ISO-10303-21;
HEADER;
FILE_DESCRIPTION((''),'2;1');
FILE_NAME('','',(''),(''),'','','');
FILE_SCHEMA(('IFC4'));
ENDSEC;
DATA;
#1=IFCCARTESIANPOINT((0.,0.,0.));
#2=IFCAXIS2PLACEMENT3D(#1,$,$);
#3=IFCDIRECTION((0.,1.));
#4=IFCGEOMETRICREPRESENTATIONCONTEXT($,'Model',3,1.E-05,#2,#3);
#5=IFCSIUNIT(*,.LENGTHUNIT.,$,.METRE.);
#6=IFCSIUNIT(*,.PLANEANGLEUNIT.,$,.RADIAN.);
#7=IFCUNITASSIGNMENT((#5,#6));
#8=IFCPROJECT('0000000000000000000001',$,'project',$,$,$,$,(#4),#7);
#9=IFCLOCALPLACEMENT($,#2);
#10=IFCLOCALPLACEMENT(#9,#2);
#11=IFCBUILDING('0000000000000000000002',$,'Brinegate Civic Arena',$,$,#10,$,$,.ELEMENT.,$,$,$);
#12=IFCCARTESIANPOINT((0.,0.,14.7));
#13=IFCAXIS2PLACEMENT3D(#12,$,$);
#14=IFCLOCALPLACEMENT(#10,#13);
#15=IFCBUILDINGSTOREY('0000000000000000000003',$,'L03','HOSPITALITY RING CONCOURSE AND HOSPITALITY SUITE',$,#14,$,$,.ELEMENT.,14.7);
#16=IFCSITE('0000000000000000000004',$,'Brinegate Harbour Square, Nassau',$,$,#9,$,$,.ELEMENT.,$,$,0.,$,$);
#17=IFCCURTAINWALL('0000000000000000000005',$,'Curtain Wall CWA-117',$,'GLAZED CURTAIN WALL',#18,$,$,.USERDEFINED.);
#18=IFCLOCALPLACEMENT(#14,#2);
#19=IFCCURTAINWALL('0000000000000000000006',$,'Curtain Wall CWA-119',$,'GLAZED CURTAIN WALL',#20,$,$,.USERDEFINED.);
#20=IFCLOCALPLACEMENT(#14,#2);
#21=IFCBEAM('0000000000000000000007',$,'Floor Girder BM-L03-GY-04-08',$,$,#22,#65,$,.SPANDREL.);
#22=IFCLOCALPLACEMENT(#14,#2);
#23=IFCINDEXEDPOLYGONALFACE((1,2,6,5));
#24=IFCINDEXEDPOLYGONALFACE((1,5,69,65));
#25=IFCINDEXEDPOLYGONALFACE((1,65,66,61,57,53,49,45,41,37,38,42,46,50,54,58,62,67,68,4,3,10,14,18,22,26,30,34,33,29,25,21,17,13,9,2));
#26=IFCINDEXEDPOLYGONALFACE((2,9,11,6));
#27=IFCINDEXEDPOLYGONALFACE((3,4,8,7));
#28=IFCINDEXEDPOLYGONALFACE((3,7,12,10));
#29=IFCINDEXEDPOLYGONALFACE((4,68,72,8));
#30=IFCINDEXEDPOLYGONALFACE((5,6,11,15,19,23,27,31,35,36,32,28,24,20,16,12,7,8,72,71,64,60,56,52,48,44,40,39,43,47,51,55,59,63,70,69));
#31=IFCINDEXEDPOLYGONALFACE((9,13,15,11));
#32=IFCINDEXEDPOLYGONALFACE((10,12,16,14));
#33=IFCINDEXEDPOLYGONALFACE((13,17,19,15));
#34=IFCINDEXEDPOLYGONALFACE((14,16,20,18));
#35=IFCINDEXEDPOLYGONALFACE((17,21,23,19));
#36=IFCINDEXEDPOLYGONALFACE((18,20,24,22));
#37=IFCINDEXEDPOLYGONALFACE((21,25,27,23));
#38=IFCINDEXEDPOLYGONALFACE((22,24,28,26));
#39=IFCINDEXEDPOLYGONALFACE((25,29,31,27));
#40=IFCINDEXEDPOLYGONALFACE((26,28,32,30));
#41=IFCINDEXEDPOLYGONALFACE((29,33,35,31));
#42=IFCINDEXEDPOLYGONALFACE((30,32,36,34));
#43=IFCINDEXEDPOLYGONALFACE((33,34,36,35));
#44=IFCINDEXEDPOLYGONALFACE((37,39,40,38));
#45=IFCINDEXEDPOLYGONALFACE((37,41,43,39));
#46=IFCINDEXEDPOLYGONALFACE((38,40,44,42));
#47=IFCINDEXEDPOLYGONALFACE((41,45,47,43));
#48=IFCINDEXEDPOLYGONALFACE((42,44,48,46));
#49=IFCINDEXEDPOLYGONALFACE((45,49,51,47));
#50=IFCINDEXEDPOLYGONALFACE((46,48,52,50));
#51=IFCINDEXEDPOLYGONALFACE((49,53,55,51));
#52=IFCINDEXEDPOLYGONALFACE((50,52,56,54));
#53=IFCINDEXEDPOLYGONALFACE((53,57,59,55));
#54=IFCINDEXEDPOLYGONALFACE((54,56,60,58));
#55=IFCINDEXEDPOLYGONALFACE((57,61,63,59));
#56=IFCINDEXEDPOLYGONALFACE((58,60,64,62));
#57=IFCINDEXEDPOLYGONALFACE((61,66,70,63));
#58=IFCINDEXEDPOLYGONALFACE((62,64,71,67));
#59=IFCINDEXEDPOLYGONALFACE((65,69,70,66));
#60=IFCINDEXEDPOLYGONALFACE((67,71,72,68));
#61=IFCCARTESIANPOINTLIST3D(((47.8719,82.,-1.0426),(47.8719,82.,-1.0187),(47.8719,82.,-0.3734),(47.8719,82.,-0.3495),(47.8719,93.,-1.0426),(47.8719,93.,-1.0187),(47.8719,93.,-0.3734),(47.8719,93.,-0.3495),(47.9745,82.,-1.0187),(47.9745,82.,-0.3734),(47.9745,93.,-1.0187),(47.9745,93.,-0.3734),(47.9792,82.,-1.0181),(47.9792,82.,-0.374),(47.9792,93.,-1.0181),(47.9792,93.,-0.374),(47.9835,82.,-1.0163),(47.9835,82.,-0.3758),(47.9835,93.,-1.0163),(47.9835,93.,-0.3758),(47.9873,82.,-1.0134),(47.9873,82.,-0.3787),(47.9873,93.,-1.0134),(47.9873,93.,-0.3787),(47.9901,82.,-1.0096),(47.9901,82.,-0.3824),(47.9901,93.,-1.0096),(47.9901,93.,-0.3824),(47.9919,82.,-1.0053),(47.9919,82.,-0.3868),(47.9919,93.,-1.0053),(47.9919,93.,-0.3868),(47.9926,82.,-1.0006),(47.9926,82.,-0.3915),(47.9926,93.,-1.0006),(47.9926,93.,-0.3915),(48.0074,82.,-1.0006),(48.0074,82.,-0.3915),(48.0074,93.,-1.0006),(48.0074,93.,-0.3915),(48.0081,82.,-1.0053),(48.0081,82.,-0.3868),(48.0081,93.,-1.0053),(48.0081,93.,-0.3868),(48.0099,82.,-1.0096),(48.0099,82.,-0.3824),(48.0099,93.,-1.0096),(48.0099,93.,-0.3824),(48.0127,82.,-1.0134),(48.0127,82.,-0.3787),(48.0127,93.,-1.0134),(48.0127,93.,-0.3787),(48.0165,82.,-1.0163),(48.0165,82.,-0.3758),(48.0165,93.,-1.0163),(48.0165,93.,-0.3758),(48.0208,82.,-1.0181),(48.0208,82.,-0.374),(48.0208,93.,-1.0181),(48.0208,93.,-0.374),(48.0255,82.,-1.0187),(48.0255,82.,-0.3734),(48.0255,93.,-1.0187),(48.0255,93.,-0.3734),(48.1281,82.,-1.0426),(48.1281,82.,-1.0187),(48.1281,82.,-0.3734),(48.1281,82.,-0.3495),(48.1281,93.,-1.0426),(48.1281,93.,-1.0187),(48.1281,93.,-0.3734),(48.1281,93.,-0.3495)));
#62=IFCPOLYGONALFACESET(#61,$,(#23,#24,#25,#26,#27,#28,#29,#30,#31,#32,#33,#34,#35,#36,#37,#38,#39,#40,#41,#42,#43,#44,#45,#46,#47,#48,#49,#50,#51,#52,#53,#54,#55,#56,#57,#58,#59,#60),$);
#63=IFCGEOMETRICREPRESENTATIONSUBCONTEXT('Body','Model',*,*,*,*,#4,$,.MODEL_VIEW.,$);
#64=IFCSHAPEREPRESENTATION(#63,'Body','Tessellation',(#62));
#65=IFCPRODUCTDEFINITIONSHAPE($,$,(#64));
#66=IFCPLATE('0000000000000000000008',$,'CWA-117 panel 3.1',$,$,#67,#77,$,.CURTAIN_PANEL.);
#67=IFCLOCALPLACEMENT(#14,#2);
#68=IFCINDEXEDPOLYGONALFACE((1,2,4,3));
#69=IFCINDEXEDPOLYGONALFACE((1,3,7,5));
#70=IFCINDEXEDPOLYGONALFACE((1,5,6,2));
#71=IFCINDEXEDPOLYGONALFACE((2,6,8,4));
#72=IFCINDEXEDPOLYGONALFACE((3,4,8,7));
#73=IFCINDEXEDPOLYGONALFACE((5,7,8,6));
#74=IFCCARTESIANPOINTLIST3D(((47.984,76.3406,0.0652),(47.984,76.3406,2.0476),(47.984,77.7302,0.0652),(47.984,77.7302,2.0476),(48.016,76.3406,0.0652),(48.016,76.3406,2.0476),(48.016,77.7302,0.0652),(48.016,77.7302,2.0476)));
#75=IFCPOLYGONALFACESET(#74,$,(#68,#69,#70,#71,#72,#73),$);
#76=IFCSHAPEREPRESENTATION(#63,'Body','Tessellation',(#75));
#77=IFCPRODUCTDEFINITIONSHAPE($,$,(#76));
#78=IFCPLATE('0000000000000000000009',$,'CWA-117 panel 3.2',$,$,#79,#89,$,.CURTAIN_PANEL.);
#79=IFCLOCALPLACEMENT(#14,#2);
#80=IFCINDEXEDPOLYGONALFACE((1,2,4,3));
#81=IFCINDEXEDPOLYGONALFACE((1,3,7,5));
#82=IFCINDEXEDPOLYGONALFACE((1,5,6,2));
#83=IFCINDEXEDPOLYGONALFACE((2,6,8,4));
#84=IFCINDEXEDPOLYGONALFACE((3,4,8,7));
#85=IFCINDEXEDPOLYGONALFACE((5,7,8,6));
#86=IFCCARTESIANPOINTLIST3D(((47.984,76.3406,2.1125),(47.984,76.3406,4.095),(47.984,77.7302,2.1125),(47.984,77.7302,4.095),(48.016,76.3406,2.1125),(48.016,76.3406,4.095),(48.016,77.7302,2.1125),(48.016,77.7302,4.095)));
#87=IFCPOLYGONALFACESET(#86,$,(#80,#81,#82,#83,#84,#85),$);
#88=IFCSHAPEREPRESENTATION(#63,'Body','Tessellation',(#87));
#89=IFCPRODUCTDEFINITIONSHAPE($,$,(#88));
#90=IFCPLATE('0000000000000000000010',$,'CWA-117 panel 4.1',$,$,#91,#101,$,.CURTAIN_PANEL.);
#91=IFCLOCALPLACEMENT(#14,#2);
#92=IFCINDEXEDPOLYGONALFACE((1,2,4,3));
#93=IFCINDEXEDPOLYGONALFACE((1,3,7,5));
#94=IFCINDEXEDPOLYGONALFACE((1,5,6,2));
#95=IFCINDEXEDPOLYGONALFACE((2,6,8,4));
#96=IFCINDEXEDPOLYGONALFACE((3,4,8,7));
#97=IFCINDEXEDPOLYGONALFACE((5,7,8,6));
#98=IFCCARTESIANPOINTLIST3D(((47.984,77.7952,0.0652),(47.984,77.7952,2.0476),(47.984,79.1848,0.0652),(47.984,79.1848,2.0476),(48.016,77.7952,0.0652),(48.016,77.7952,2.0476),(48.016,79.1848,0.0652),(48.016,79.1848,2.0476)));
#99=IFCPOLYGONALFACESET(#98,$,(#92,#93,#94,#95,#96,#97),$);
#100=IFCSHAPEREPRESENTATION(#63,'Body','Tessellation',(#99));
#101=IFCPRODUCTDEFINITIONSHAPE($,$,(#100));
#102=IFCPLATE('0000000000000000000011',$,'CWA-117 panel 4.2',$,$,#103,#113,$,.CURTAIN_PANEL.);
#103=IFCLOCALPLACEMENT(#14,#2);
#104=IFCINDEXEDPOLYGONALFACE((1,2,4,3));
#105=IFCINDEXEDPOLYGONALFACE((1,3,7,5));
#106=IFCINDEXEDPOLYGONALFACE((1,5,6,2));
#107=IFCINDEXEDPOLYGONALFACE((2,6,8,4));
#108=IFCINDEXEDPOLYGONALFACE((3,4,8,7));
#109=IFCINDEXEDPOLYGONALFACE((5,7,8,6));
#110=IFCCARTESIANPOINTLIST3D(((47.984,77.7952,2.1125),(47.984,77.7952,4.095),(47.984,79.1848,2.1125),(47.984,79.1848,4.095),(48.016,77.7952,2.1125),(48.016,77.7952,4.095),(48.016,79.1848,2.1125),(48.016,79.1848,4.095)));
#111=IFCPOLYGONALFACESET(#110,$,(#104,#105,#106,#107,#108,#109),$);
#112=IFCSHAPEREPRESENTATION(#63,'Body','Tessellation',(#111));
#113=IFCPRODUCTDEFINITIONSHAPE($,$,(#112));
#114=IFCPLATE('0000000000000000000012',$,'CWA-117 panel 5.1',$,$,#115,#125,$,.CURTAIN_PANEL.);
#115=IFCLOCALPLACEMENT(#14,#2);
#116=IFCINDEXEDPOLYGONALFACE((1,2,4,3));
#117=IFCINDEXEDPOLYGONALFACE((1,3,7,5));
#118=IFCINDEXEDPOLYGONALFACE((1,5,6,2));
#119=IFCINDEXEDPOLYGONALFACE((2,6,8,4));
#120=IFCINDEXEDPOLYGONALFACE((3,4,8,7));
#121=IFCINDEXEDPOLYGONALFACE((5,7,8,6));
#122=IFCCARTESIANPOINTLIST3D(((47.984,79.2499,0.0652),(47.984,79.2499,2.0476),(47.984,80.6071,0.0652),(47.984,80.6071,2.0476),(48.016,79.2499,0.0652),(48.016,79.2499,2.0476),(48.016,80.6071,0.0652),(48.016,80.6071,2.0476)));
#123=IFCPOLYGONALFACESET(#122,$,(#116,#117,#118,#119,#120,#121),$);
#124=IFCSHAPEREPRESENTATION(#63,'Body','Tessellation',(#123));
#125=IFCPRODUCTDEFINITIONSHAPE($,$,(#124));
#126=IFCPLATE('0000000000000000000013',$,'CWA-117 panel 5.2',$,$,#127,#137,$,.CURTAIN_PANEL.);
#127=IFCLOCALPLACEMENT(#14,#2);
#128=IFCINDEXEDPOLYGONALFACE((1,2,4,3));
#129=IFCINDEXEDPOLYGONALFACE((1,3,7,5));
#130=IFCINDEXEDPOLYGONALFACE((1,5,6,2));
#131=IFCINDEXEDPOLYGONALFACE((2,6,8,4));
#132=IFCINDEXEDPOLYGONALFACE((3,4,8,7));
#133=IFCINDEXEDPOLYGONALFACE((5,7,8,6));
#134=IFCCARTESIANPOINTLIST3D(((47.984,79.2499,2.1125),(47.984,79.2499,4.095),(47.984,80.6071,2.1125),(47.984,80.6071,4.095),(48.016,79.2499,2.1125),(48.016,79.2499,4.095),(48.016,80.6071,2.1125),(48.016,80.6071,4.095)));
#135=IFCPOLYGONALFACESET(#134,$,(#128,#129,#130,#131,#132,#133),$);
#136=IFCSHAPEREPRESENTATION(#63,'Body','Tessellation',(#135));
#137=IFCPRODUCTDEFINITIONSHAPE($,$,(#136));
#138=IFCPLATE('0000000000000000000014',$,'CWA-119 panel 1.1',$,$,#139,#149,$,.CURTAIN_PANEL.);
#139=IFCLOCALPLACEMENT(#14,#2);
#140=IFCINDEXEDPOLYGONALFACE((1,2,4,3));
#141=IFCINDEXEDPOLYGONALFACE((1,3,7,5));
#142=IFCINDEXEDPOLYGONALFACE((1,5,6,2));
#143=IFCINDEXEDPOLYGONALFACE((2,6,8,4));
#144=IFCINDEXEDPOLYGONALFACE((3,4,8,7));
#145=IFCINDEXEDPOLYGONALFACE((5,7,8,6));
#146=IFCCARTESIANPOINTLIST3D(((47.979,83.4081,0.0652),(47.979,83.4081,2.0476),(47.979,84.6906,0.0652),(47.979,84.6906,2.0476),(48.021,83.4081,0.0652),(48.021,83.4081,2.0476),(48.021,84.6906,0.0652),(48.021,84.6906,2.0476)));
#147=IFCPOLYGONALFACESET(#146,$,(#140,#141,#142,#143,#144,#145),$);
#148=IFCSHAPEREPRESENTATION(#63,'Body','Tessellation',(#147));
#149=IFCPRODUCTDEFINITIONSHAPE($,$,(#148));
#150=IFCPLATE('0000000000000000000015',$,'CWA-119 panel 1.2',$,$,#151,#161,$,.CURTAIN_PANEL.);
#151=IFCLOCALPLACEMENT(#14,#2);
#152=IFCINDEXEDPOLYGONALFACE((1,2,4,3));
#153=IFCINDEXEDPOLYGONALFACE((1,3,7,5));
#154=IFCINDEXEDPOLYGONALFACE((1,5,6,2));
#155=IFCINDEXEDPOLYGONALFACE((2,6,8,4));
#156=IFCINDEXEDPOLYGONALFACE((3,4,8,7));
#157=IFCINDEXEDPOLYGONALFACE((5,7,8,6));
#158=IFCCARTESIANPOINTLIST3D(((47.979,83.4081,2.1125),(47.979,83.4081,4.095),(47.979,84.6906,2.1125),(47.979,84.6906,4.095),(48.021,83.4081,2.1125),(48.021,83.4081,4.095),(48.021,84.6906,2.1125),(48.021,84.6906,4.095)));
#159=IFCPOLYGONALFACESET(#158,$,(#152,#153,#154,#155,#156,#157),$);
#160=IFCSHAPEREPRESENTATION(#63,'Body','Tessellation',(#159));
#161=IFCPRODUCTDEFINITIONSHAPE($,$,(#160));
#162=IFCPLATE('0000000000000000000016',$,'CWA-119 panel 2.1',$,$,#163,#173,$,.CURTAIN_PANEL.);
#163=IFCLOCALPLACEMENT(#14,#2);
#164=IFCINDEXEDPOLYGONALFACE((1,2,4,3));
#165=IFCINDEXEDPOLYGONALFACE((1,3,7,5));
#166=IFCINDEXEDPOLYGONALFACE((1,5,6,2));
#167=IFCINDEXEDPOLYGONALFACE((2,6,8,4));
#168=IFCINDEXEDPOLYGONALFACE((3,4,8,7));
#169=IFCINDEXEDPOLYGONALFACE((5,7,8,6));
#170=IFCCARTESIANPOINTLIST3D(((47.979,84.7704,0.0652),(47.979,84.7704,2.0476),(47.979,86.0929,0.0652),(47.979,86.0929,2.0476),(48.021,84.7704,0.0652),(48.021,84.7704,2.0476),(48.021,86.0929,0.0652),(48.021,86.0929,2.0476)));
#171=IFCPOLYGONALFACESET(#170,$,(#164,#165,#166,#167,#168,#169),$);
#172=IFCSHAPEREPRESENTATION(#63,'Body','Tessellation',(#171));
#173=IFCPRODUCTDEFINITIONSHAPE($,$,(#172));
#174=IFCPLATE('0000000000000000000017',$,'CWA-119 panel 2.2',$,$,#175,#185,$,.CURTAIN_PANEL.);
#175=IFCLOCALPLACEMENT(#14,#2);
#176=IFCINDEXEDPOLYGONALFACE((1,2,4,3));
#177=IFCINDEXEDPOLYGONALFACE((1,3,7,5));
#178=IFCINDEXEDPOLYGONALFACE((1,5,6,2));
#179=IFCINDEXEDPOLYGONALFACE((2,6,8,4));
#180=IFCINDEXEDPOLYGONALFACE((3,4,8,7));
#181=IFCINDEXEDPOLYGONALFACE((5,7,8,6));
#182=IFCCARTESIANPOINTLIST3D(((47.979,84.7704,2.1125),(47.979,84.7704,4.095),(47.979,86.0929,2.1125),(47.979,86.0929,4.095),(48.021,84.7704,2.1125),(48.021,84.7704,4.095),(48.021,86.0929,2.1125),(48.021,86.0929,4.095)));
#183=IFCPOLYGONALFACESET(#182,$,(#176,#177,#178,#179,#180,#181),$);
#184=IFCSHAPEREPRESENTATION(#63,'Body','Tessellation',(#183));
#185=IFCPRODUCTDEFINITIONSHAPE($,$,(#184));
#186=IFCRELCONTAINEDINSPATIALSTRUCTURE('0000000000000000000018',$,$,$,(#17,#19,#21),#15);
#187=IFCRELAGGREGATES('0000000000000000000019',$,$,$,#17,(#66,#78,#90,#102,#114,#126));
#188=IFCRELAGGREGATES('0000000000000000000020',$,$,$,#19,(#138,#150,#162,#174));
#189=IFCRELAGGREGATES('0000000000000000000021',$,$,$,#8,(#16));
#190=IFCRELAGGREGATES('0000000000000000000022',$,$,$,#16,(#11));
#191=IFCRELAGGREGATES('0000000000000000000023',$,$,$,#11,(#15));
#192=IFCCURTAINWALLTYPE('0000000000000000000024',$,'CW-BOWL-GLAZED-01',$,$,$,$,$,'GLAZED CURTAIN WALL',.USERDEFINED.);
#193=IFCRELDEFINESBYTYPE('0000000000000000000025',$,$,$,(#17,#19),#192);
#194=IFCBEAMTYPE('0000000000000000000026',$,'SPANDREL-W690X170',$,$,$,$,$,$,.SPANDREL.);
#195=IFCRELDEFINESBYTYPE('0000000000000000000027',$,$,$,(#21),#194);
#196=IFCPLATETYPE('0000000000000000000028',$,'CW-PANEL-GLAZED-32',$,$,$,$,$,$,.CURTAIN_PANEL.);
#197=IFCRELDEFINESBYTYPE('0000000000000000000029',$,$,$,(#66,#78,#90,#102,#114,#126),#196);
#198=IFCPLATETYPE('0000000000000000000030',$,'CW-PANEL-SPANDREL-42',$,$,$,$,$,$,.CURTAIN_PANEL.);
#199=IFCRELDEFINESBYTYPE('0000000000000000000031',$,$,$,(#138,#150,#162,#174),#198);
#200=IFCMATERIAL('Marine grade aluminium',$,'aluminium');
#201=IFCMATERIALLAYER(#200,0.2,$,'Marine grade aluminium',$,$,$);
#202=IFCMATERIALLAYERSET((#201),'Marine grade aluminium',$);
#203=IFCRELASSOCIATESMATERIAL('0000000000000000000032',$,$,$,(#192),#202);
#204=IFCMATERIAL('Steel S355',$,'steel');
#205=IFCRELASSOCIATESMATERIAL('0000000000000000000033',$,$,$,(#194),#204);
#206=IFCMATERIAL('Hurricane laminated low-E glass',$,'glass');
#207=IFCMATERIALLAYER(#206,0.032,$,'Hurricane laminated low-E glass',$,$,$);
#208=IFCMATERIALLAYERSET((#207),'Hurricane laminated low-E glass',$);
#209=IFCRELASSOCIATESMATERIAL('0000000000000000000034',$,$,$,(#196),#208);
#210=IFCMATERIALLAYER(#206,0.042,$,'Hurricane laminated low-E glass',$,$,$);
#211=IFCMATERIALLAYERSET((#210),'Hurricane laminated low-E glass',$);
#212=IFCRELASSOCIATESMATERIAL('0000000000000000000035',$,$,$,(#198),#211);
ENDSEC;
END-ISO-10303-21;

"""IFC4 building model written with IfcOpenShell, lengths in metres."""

from ifc_helpers import new_model, si_unit, direction, frame, origin, origin_2d, place, context, subcontext, project, spatial, rectangle, i_section, extrude, material, layer, layer_set, material_profile, profile_set, type_object, element, aggregate, save


model = new_model("IFC4")

# Units and contexts
model_context = context("Model", 3, precision=1e-05, world=origin(), true_north=direction((0.0, 1.0)))
body_context = subcontext(model_context, "Body", "Model", "MODEL_VIEW")
ifc_project = project(units=[si_unit("LENGTHUNIT", "METRE"), si_unit("PLANEANGLEUNIT", "RADIAN")], contexts=[model_context])

# Site, building, storey
site_placement = place(None, origin())
site = spatial("IfcSite", under=ifc_project, at=site_placement, Name="Brinegate Harbour Square, Nassau", CompositionType="ELEMENT", RefElevation=0.0)
building_placement = place(site_placement, origin())
building = spatial("IfcBuilding", under=site, at=building_placement, Name="Brinegate Civic Arena", CompositionType="ELEMENT")
storey_placement = place(building_placement, frame((0.0, 0.0, 14.7)))
storey = spatial("IfcBuildingStorey", under=building, at=storey_placement, Name="L03", Description="HOSPITALITY RING CONCOURSE AND HOSPITALITY SUITE", CompositionType="ELEMENT", Elevation=14.7)

# Curtain walls
ifc_material_1 = material(Name="Marine grade aluminium", Category="aluminium")
ifc_layer_1 = layer(ifc_material_1, 0.2, Name="Marine grade aluminium")
ifc_layer_set_1 = layer_set([ifc_layer_1], Name="Marine grade aluminium")
curtain_wall_type = type_object("IfcCurtainWallType", Name="CW-BOWL-GLAZED-01", ElementType="GLAZED CURTAIN WALL", PredefinedType="USERDEFINED", material=ifc_layer_set_1)
curtain_wall_1_placement = place(storey_placement, origin())
curtain_wall_1 = element("IfcCurtainWall", 1, at=curtain_wall_1_placement, inside=storey, type_object=curtain_wall_type, Name="Curtain Wall CWA-117", ObjectType="GLAZED CURTAIN WALL", PredefinedType="USERDEFINED")
curtain_wall_2_placement = place(storey_placement, origin())
curtain_wall_2 = element("IfcCurtainWall", 2, at=curtain_wall_2_placement, inside=storey, type_object=curtain_wall_type, Name="Curtain Wall CWA-119", ObjectType="GLAZED CURTAIN WALL", PredefinedType="USERDEFINED")

# Beam
ifc_material_2 = material(Name="Steel S355", Category="steel")
ifc_material_profile_1 = material_profile(ifc_material_2, i_section(OverallWidth=0.2561, OverallDepth=0.6931, WebThickness=0.0149, FlangeThickness=0.0239, FilletRadius=0.0181, at=origin_2d()), Name="W690X170")
ifc_profile_set_1 = profile_set([ifc_material_profile_1], Name="Steel S355")
beam_type_1 = type_object("IfcBeamType", Name="SPANDREL-W690X170", PredefinedType="SPANDREL", material=ifc_profile_set_1)
beam_1_placement = place(storey_placement, frame((48.0, 82.0, -0.696), z_axis=(0.0, 1.0, 0.0), x_axis=(-1.0, 0.0, 0.0)))
element("IfcBeam", 3, at=beam_1_placement, inside=storey, type_object=beam_type_1, Name="Floor Girder BM-L03-GY-04-08", PredefinedType="SPANDREL", context=body_context, shape_type="SweptSolid", body=[
    extrude(i_section(OverallWidth=0.2561, OverallDepth=0.6931, WebThickness=0.0149, FlangeThickness=0.0239, FilletRadius=0.0181, at=origin_2d()), origin(), (0.0, 0.0, 1.0), 11.0),
])

# Plates
ifc_material_3 = material(Name="Hurricane laminated low-E glass", Category="glass")
ifc_layer_2 = layer(ifc_material_3, 0.032, Name="Hurricane laminated low-E glass")
ifc_layer_set_2 = layer_set([ifc_layer_2], Name="Hurricane laminated low-E glass")
plate_type_1 = type_object("IfcPlateType", Name="CW-PANEL-GLAZED-32", PredefinedType="CURTAIN_PANEL", material=ifc_layer_set_2)
plate_1_placement = place(storey_placement, frame((48.0, 77.0354, 0.0652), z_axis=(0.0, 0.0, 1.0), x_axis=(0.0, 1.0, 0.0)))
plate_1 = element("IfcPlate", 4, at=plate_1_placement, type_object=plate_type_1, Name="CWA-117 panel 3.1", PredefinedType="CURTAIN_PANEL", context=body_context, shape_type="SweptSolid", body=[
    extrude(rectangle(XDim=1.3896, YDim=0.032, at=origin_2d()), origin(), (0.0, 0.0, 1.0), 1.9824),
])
plate_2_placement = place(storey_placement, frame((48.0, 77.0354, 2.1125), z_axis=(0.0, 0.0, 1.0), x_axis=(0.0, 1.0, 0.0)))
plate_2 = element("IfcPlate", 5, at=plate_2_placement, type_object=plate_type_1, Name="CWA-117 panel 3.2", PredefinedType="CURTAIN_PANEL", context=body_context, shape_type="SweptSolid", body=[
    extrude(rectangle(XDim=1.3896, YDim=0.032, at=origin_2d()), origin(), (0.0, 0.0, 1.0), 1.9824),
])
plate_3_placement = place(storey_placement, frame((48.0, 78.49, 0.0652), z_axis=(0.0, 0.0, 1.0), x_axis=(0.0, 1.0, 0.0)))
plate_3 = element("IfcPlate", 6, at=plate_3_placement, type_object=plate_type_1, Name="CWA-117 panel 4.1", PredefinedType="CURTAIN_PANEL", context=body_context, shape_type="SweptSolid", body=[
    extrude(rectangle(XDim=1.3896, YDim=0.032, at=origin_2d()), origin(), (0.0, 0.0, 1.0), 1.9824),
])
plate_4_placement = place(storey_placement, frame((48.0, 78.49, 2.1125), z_axis=(0.0, 0.0, 1.0), x_axis=(0.0, 1.0, 0.0)))
plate_4 = element("IfcPlate", 7, at=plate_4_placement, type_object=plate_type_1, Name="CWA-117 panel 4.2", PredefinedType="CURTAIN_PANEL", context=body_context, shape_type="SweptSolid", body=[
    extrude(rectangle(XDim=1.3896, YDim=0.032, at=origin_2d()), origin(), (0.0, 0.0, 1.0), 1.9824),
])
plate_5_placement = place(storey_placement, frame((48.0, 79.9285, 0.0652), z_axis=(0.0, 0.0, 1.0), x_axis=(0.0, 1.0, 0.0)))
plate_5 = element("IfcPlate", 8, at=plate_5_placement, type_object=plate_type_1, Name="CWA-117 panel 5.1", PredefinedType="CURTAIN_PANEL", context=body_context, shape_type="SweptSolid", body=[
    extrude(rectangle(XDim=1.3572, YDim=0.032, at=origin_2d()), origin(), (0.0, 0.0, 1.0), 1.9824),
])
plate_6_placement = place(storey_placement, frame((48.0, 79.9285, 2.1125), z_axis=(0.0, 0.0, 1.0), x_axis=(0.0, 1.0, 0.0)))
plate_6 = element("IfcPlate", 9, at=plate_6_placement, type_object=plate_type_1, Name="CWA-117 panel 5.2", PredefinedType="CURTAIN_PANEL", context=body_context, shape_type="SweptSolid", body=[
    extrude(rectangle(XDim=1.3572, YDim=0.032, at=origin_2d()), origin(), (0.0, 0.0, 1.0), 1.9824),
])
aggregate(curtain_wall_1, [plate_1, plate_2, plate_3, plate_4, plate_5, plate_6])
ifc_layer_3 = layer(ifc_material_3, 0.042, Name="Hurricane laminated low-E glass")
ifc_layer_set_3 = layer_set([ifc_layer_3], Name="Hurricane laminated low-E glass")
plate_type_2 = type_object("IfcPlateType", Name="CW-PANEL-SPANDREL-42", PredefinedType="CURTAIN_PANEL", material=ifc_layer_set_3)
plate_7_placement = place(storey_placement, frame((48.0, 84.0493, 0.0652), z_axis=(0.0, 0.0, 1.0), x_axis=(0.0, 1.0, 0.0)))
plate_7 = element("IfcPlate", 10, at=plate_7_placement, type_object=plate_type_2, Name="CWA-119 panel 1.1", PredefinedType="CURTAIN_PANEL", context=body_context, shape_type="SweptSolid", body=[
    extrude(rectangle(XDim=1.2825, YDim=0.042, at=origin_2d()), origin(), (0.0, 0.0, 1.0), 1.9824),
])
plate_8_placement = place(storey_placement, frame((48.0, 84.0493, 2.1125), z_axis=(0.0, 0.0, 1.0), x_axis=(0.0, 1.0, 0.0)))
plate_8 = element("IfcPlate", 11, at=plate_8_placement, type_object=plate_type_2, Name="CWA-119 panel 1.2", PredefinedType="CURTAIN_PANEL", context=body_context, shape_type="SweptSolid", body=[
    extrude(rectangle(XDim=1.2825, YDim=0.042, at=origin_2d()), origin(), (0.0, 0.0, 1.0), 1.9824),
])
plate_9_placement = place(storey_placement, frame((48.0, 85.4316, 0.0652), z_axis=(0.0, 0.0, 1.0), x_axis=(0.0, 1.0, 0.0)))
plate_9 = element("IfcPlate", 12, at=plate_9_placement, type_object=plate_type_2, Name="CWA-119 panel 2.1", PredefinedType="CURTAIN_PANEL", context=body_context, shape_type="SweptSolid", body=[
    extrude(rectangle(XDim=1.3225, YDim=0.042, at=origin_2d()), origin(), (0.0, 0.0, 1.0), 1.9824),
])
plate_10_placement = place(storey_placement, frame((48.0, 85.4316, 2.1125), z_axis=(0.0, 0.0, 1.0), x_axis=(0.0, 1.0, 0.0)))
plate_10 = element("IfcPlate", 13, at=plate_10_placement, type_object=plate_type_2, Name="CWA-119 panel 2.2", PredefinedType="CURTAIN_PANEL", context=body_context, shape_type="SweptSolid", body=[
    extrude(rectangle(XDim=1.3225, YDim=0.042, at=origin_2d()), origin(), (0.0, 0.0, 1.0), 1.9824),
])
aggregate(curtain_wall_2, [plate_7, plate_8, plate_9, plate_10])

save(model, "model.ifc")
